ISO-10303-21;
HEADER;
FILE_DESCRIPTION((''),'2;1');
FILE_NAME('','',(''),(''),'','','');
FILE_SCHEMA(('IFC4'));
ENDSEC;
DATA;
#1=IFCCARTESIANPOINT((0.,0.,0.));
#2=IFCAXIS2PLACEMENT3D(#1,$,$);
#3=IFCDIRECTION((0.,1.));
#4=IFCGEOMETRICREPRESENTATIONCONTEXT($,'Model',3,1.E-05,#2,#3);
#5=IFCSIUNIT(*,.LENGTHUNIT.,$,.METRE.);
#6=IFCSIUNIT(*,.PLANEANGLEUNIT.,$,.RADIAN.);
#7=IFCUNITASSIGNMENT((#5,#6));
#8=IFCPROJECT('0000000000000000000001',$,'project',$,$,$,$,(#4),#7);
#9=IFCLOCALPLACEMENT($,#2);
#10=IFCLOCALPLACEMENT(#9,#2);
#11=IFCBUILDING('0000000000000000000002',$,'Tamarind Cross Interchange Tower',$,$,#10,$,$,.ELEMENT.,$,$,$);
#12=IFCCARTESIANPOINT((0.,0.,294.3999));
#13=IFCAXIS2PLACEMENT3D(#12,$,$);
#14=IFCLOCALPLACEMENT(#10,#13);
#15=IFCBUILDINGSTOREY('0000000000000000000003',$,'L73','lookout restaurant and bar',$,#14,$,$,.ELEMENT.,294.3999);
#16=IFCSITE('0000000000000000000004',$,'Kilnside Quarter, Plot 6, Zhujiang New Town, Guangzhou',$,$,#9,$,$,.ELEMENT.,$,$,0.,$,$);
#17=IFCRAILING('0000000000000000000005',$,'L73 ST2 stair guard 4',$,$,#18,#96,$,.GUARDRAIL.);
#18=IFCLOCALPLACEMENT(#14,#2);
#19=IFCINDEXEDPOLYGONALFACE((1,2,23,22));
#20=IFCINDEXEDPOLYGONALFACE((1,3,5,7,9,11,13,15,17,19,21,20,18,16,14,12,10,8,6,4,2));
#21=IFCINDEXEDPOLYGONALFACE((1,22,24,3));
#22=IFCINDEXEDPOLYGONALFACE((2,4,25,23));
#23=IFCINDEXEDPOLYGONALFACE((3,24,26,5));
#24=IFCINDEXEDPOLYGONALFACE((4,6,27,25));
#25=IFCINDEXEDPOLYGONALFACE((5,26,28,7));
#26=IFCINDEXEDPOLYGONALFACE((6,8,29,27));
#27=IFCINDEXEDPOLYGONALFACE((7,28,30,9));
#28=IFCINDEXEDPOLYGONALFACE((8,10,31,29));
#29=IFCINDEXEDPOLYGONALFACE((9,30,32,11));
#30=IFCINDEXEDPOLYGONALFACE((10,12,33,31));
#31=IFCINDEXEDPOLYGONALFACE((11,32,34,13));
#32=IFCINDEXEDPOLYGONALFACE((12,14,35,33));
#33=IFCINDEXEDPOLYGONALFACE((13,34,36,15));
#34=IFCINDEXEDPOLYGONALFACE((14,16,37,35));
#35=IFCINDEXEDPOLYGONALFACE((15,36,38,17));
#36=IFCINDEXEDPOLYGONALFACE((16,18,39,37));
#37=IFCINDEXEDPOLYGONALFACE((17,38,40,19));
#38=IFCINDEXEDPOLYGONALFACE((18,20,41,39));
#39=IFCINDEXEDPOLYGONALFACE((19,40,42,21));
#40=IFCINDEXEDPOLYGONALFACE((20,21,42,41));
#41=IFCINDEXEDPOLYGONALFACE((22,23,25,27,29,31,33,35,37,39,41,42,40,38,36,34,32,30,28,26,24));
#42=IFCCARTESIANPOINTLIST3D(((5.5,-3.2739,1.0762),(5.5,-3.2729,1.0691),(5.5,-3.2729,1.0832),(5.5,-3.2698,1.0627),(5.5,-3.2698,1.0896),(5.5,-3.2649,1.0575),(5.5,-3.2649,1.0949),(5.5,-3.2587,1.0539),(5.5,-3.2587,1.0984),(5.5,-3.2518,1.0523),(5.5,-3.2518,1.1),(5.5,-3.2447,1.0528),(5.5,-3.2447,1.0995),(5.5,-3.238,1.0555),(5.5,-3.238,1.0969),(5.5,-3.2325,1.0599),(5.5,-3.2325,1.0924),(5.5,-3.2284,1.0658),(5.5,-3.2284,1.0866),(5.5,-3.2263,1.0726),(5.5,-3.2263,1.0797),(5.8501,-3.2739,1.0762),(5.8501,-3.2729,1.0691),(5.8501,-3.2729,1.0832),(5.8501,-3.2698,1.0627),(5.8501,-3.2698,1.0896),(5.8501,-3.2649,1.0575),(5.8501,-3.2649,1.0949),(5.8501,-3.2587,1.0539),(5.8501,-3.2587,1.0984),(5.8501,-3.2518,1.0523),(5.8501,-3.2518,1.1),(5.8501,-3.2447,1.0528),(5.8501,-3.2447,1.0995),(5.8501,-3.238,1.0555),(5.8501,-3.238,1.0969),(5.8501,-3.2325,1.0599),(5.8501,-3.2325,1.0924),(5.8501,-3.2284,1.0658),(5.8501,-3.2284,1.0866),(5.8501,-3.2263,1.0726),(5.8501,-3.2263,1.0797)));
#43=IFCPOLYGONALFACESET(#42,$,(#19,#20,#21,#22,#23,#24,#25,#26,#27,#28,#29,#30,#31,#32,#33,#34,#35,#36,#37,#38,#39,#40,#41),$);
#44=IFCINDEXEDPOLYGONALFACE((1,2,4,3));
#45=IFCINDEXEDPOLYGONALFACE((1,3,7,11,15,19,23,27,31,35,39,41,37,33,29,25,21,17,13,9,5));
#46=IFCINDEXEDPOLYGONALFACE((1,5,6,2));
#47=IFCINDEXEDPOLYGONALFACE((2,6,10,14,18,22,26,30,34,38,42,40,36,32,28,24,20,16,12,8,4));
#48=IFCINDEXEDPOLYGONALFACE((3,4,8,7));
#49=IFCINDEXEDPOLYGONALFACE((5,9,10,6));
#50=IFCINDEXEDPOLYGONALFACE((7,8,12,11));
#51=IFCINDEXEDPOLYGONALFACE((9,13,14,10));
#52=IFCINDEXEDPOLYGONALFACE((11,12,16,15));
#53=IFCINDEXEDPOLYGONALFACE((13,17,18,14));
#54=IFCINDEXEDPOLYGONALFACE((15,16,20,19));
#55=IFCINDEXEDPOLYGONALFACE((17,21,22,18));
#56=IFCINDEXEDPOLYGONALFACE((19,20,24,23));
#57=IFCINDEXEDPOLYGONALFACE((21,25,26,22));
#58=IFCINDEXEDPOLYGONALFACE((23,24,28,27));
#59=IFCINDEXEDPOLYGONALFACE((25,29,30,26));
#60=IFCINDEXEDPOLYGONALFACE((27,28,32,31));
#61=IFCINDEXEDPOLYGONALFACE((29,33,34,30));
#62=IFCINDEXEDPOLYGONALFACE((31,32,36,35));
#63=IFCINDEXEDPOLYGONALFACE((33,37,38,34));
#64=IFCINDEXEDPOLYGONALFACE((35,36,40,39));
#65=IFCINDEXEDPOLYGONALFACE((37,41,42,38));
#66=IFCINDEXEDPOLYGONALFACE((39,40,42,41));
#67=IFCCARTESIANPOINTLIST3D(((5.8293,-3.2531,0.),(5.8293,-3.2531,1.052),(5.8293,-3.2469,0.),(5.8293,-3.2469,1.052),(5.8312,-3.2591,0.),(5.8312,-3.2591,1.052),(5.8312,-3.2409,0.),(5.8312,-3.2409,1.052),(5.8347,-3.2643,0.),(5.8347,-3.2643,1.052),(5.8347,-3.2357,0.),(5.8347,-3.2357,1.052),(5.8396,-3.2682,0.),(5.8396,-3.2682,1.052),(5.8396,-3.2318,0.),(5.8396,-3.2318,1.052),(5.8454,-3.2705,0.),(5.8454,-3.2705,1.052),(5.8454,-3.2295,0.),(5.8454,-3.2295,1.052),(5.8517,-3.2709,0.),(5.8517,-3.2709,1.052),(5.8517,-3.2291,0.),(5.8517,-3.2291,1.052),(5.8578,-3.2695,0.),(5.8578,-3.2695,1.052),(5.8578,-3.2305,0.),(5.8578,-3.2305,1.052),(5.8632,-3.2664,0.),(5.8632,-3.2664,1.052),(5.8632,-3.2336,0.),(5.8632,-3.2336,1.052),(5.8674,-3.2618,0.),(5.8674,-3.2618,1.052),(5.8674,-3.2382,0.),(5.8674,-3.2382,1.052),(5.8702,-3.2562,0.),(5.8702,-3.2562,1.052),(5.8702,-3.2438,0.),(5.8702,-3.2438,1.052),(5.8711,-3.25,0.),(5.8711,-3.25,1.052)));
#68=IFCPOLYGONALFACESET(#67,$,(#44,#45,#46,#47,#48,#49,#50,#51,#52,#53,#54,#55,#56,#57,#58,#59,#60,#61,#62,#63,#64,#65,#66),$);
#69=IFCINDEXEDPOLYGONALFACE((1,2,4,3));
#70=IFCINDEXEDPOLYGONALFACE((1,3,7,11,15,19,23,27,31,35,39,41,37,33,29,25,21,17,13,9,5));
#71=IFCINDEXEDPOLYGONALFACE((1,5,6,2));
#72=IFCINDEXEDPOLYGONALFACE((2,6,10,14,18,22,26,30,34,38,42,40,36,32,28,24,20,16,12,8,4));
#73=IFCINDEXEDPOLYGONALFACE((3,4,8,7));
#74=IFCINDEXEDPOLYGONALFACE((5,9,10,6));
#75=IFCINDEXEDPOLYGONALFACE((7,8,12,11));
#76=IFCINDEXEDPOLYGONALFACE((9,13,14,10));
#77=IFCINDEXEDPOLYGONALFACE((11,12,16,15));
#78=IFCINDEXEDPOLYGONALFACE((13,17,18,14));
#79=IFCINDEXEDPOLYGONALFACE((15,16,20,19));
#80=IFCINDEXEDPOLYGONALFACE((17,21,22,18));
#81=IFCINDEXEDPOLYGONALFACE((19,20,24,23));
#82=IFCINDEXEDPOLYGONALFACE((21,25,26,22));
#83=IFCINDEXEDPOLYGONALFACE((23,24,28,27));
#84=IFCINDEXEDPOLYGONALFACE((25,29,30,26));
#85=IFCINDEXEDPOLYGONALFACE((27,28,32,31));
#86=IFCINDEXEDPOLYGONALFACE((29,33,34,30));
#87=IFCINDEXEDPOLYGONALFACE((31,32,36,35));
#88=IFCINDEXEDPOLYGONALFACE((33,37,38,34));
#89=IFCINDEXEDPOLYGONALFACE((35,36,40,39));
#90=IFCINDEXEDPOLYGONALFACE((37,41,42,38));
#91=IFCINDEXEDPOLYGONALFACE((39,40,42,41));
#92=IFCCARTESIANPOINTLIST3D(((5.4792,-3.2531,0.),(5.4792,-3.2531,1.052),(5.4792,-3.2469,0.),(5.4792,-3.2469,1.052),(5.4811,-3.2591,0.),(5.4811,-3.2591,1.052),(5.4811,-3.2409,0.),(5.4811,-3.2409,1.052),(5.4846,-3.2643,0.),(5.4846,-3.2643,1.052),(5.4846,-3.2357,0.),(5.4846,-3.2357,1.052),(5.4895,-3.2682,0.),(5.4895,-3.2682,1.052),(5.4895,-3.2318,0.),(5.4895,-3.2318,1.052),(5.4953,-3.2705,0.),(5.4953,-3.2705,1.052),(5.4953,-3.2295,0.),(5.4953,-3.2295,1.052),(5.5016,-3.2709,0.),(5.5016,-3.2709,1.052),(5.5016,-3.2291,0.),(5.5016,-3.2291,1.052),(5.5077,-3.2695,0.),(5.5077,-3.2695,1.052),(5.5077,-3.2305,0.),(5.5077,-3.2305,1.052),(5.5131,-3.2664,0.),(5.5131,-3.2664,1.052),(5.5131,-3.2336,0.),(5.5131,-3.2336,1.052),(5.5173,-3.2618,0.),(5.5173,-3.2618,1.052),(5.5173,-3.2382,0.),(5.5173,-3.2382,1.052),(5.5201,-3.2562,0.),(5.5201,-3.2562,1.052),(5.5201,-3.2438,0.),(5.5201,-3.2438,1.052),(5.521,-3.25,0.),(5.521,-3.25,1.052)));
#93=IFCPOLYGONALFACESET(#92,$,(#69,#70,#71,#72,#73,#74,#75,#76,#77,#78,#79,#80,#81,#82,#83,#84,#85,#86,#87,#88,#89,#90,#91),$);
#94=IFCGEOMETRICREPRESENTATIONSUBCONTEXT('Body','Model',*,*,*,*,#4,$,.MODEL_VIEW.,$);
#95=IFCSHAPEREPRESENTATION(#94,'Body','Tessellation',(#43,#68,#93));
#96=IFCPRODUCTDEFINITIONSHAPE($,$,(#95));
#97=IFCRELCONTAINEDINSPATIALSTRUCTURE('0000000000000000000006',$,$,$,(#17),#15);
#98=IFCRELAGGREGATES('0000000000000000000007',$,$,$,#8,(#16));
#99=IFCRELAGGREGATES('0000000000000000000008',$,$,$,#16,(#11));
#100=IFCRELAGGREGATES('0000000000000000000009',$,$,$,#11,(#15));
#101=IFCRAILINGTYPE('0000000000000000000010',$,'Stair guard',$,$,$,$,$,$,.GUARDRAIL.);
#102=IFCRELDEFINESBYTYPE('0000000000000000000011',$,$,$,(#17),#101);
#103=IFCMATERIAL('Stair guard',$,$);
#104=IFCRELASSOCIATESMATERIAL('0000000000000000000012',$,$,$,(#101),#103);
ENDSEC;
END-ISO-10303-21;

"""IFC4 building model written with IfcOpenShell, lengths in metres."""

from ifc_helpers import new_model, si_unit, direction, frame, origin, origin_2d, place, context, subcontext, project, spatial, circle, extrude, material, type_object, element, save


model = new_model("IFC4")

# Units and contexts
model_context = context("Model", 3, precision=1e-05, world=origin(), true_north=direction((0.0, 1.0)))
body_context = subcontext(model_context, "Body", "Model", "MODEL_VIEW")
ifc_project = project(units=[si_unit("LENGTHUNIT", "METRE"), si_unit("PLANEANGLEUNIT", "RADIAN")], contexts=[model_context])

# Site, building, storey
site_placement = place(None, origin())
site = spatial("IfcSite", under=ifc_project, at=site_placement, Name="Kilnside Quarter, Plot 6, Zhujiang New Town, Guangzhou", CompositionType="ELEMENT", RefElevation=0.0)
building_placement = place(site_placement, origin())
building = spatial("IfcBuilding", under=site, at=building_placement, Name="Tamarind Cross Interchange Tower", CompositionType="ELEMENT")
storey_placement = place(building_placement, frame((0.0, 0.0, 294.3999)))
storey = spatial("IfcBuildingStorey", under=building, at=storey_placement, Name="L73", Description="lookout restaurant and bar", CompositionType="ELEMENT", Elevation=294.3999)

# Railing
ifc_material_1 = material(Name="Stair guard")
railing_type_1 = type_object("IfcRailingType", Name="Stair guard", PredefinedType="GUARDRAIL", material=ifc_material_1)
railing_1_placement = place(storey_placement, frame((5.8501, -3.25, 0.0)))
element("IfcRailing", 1, at=railing_1_placement, inside=storey, type_object=railing_type_1, Name="L73 ST2 stair guard 4", PredefinedType="GUARDRAIL", context=body_context, shape_type="SweptSolid", body=[
    extrude(circle(Radius=0.0239, at=origin_2d()), frame((0.0, 0.0, 1.0762), z_axis=(-1.0, 0.0, 0.0), x_axis=(0.0, -1.0, 0.0)), (0.0, 0.0, 1.0), 0.3501),
    extrude(circle(Radius=0.021, at=origin_2d()), origin(), (0.0, 0.0, 1.0), 1.052),
    extrude(circle(Radius=0.021, at=origin_2d()), frame((-0.3501, 0.0, 0.0)), (0.0, 0.0, 1.0), 1.052),
])

save(model, "model.ifc")
